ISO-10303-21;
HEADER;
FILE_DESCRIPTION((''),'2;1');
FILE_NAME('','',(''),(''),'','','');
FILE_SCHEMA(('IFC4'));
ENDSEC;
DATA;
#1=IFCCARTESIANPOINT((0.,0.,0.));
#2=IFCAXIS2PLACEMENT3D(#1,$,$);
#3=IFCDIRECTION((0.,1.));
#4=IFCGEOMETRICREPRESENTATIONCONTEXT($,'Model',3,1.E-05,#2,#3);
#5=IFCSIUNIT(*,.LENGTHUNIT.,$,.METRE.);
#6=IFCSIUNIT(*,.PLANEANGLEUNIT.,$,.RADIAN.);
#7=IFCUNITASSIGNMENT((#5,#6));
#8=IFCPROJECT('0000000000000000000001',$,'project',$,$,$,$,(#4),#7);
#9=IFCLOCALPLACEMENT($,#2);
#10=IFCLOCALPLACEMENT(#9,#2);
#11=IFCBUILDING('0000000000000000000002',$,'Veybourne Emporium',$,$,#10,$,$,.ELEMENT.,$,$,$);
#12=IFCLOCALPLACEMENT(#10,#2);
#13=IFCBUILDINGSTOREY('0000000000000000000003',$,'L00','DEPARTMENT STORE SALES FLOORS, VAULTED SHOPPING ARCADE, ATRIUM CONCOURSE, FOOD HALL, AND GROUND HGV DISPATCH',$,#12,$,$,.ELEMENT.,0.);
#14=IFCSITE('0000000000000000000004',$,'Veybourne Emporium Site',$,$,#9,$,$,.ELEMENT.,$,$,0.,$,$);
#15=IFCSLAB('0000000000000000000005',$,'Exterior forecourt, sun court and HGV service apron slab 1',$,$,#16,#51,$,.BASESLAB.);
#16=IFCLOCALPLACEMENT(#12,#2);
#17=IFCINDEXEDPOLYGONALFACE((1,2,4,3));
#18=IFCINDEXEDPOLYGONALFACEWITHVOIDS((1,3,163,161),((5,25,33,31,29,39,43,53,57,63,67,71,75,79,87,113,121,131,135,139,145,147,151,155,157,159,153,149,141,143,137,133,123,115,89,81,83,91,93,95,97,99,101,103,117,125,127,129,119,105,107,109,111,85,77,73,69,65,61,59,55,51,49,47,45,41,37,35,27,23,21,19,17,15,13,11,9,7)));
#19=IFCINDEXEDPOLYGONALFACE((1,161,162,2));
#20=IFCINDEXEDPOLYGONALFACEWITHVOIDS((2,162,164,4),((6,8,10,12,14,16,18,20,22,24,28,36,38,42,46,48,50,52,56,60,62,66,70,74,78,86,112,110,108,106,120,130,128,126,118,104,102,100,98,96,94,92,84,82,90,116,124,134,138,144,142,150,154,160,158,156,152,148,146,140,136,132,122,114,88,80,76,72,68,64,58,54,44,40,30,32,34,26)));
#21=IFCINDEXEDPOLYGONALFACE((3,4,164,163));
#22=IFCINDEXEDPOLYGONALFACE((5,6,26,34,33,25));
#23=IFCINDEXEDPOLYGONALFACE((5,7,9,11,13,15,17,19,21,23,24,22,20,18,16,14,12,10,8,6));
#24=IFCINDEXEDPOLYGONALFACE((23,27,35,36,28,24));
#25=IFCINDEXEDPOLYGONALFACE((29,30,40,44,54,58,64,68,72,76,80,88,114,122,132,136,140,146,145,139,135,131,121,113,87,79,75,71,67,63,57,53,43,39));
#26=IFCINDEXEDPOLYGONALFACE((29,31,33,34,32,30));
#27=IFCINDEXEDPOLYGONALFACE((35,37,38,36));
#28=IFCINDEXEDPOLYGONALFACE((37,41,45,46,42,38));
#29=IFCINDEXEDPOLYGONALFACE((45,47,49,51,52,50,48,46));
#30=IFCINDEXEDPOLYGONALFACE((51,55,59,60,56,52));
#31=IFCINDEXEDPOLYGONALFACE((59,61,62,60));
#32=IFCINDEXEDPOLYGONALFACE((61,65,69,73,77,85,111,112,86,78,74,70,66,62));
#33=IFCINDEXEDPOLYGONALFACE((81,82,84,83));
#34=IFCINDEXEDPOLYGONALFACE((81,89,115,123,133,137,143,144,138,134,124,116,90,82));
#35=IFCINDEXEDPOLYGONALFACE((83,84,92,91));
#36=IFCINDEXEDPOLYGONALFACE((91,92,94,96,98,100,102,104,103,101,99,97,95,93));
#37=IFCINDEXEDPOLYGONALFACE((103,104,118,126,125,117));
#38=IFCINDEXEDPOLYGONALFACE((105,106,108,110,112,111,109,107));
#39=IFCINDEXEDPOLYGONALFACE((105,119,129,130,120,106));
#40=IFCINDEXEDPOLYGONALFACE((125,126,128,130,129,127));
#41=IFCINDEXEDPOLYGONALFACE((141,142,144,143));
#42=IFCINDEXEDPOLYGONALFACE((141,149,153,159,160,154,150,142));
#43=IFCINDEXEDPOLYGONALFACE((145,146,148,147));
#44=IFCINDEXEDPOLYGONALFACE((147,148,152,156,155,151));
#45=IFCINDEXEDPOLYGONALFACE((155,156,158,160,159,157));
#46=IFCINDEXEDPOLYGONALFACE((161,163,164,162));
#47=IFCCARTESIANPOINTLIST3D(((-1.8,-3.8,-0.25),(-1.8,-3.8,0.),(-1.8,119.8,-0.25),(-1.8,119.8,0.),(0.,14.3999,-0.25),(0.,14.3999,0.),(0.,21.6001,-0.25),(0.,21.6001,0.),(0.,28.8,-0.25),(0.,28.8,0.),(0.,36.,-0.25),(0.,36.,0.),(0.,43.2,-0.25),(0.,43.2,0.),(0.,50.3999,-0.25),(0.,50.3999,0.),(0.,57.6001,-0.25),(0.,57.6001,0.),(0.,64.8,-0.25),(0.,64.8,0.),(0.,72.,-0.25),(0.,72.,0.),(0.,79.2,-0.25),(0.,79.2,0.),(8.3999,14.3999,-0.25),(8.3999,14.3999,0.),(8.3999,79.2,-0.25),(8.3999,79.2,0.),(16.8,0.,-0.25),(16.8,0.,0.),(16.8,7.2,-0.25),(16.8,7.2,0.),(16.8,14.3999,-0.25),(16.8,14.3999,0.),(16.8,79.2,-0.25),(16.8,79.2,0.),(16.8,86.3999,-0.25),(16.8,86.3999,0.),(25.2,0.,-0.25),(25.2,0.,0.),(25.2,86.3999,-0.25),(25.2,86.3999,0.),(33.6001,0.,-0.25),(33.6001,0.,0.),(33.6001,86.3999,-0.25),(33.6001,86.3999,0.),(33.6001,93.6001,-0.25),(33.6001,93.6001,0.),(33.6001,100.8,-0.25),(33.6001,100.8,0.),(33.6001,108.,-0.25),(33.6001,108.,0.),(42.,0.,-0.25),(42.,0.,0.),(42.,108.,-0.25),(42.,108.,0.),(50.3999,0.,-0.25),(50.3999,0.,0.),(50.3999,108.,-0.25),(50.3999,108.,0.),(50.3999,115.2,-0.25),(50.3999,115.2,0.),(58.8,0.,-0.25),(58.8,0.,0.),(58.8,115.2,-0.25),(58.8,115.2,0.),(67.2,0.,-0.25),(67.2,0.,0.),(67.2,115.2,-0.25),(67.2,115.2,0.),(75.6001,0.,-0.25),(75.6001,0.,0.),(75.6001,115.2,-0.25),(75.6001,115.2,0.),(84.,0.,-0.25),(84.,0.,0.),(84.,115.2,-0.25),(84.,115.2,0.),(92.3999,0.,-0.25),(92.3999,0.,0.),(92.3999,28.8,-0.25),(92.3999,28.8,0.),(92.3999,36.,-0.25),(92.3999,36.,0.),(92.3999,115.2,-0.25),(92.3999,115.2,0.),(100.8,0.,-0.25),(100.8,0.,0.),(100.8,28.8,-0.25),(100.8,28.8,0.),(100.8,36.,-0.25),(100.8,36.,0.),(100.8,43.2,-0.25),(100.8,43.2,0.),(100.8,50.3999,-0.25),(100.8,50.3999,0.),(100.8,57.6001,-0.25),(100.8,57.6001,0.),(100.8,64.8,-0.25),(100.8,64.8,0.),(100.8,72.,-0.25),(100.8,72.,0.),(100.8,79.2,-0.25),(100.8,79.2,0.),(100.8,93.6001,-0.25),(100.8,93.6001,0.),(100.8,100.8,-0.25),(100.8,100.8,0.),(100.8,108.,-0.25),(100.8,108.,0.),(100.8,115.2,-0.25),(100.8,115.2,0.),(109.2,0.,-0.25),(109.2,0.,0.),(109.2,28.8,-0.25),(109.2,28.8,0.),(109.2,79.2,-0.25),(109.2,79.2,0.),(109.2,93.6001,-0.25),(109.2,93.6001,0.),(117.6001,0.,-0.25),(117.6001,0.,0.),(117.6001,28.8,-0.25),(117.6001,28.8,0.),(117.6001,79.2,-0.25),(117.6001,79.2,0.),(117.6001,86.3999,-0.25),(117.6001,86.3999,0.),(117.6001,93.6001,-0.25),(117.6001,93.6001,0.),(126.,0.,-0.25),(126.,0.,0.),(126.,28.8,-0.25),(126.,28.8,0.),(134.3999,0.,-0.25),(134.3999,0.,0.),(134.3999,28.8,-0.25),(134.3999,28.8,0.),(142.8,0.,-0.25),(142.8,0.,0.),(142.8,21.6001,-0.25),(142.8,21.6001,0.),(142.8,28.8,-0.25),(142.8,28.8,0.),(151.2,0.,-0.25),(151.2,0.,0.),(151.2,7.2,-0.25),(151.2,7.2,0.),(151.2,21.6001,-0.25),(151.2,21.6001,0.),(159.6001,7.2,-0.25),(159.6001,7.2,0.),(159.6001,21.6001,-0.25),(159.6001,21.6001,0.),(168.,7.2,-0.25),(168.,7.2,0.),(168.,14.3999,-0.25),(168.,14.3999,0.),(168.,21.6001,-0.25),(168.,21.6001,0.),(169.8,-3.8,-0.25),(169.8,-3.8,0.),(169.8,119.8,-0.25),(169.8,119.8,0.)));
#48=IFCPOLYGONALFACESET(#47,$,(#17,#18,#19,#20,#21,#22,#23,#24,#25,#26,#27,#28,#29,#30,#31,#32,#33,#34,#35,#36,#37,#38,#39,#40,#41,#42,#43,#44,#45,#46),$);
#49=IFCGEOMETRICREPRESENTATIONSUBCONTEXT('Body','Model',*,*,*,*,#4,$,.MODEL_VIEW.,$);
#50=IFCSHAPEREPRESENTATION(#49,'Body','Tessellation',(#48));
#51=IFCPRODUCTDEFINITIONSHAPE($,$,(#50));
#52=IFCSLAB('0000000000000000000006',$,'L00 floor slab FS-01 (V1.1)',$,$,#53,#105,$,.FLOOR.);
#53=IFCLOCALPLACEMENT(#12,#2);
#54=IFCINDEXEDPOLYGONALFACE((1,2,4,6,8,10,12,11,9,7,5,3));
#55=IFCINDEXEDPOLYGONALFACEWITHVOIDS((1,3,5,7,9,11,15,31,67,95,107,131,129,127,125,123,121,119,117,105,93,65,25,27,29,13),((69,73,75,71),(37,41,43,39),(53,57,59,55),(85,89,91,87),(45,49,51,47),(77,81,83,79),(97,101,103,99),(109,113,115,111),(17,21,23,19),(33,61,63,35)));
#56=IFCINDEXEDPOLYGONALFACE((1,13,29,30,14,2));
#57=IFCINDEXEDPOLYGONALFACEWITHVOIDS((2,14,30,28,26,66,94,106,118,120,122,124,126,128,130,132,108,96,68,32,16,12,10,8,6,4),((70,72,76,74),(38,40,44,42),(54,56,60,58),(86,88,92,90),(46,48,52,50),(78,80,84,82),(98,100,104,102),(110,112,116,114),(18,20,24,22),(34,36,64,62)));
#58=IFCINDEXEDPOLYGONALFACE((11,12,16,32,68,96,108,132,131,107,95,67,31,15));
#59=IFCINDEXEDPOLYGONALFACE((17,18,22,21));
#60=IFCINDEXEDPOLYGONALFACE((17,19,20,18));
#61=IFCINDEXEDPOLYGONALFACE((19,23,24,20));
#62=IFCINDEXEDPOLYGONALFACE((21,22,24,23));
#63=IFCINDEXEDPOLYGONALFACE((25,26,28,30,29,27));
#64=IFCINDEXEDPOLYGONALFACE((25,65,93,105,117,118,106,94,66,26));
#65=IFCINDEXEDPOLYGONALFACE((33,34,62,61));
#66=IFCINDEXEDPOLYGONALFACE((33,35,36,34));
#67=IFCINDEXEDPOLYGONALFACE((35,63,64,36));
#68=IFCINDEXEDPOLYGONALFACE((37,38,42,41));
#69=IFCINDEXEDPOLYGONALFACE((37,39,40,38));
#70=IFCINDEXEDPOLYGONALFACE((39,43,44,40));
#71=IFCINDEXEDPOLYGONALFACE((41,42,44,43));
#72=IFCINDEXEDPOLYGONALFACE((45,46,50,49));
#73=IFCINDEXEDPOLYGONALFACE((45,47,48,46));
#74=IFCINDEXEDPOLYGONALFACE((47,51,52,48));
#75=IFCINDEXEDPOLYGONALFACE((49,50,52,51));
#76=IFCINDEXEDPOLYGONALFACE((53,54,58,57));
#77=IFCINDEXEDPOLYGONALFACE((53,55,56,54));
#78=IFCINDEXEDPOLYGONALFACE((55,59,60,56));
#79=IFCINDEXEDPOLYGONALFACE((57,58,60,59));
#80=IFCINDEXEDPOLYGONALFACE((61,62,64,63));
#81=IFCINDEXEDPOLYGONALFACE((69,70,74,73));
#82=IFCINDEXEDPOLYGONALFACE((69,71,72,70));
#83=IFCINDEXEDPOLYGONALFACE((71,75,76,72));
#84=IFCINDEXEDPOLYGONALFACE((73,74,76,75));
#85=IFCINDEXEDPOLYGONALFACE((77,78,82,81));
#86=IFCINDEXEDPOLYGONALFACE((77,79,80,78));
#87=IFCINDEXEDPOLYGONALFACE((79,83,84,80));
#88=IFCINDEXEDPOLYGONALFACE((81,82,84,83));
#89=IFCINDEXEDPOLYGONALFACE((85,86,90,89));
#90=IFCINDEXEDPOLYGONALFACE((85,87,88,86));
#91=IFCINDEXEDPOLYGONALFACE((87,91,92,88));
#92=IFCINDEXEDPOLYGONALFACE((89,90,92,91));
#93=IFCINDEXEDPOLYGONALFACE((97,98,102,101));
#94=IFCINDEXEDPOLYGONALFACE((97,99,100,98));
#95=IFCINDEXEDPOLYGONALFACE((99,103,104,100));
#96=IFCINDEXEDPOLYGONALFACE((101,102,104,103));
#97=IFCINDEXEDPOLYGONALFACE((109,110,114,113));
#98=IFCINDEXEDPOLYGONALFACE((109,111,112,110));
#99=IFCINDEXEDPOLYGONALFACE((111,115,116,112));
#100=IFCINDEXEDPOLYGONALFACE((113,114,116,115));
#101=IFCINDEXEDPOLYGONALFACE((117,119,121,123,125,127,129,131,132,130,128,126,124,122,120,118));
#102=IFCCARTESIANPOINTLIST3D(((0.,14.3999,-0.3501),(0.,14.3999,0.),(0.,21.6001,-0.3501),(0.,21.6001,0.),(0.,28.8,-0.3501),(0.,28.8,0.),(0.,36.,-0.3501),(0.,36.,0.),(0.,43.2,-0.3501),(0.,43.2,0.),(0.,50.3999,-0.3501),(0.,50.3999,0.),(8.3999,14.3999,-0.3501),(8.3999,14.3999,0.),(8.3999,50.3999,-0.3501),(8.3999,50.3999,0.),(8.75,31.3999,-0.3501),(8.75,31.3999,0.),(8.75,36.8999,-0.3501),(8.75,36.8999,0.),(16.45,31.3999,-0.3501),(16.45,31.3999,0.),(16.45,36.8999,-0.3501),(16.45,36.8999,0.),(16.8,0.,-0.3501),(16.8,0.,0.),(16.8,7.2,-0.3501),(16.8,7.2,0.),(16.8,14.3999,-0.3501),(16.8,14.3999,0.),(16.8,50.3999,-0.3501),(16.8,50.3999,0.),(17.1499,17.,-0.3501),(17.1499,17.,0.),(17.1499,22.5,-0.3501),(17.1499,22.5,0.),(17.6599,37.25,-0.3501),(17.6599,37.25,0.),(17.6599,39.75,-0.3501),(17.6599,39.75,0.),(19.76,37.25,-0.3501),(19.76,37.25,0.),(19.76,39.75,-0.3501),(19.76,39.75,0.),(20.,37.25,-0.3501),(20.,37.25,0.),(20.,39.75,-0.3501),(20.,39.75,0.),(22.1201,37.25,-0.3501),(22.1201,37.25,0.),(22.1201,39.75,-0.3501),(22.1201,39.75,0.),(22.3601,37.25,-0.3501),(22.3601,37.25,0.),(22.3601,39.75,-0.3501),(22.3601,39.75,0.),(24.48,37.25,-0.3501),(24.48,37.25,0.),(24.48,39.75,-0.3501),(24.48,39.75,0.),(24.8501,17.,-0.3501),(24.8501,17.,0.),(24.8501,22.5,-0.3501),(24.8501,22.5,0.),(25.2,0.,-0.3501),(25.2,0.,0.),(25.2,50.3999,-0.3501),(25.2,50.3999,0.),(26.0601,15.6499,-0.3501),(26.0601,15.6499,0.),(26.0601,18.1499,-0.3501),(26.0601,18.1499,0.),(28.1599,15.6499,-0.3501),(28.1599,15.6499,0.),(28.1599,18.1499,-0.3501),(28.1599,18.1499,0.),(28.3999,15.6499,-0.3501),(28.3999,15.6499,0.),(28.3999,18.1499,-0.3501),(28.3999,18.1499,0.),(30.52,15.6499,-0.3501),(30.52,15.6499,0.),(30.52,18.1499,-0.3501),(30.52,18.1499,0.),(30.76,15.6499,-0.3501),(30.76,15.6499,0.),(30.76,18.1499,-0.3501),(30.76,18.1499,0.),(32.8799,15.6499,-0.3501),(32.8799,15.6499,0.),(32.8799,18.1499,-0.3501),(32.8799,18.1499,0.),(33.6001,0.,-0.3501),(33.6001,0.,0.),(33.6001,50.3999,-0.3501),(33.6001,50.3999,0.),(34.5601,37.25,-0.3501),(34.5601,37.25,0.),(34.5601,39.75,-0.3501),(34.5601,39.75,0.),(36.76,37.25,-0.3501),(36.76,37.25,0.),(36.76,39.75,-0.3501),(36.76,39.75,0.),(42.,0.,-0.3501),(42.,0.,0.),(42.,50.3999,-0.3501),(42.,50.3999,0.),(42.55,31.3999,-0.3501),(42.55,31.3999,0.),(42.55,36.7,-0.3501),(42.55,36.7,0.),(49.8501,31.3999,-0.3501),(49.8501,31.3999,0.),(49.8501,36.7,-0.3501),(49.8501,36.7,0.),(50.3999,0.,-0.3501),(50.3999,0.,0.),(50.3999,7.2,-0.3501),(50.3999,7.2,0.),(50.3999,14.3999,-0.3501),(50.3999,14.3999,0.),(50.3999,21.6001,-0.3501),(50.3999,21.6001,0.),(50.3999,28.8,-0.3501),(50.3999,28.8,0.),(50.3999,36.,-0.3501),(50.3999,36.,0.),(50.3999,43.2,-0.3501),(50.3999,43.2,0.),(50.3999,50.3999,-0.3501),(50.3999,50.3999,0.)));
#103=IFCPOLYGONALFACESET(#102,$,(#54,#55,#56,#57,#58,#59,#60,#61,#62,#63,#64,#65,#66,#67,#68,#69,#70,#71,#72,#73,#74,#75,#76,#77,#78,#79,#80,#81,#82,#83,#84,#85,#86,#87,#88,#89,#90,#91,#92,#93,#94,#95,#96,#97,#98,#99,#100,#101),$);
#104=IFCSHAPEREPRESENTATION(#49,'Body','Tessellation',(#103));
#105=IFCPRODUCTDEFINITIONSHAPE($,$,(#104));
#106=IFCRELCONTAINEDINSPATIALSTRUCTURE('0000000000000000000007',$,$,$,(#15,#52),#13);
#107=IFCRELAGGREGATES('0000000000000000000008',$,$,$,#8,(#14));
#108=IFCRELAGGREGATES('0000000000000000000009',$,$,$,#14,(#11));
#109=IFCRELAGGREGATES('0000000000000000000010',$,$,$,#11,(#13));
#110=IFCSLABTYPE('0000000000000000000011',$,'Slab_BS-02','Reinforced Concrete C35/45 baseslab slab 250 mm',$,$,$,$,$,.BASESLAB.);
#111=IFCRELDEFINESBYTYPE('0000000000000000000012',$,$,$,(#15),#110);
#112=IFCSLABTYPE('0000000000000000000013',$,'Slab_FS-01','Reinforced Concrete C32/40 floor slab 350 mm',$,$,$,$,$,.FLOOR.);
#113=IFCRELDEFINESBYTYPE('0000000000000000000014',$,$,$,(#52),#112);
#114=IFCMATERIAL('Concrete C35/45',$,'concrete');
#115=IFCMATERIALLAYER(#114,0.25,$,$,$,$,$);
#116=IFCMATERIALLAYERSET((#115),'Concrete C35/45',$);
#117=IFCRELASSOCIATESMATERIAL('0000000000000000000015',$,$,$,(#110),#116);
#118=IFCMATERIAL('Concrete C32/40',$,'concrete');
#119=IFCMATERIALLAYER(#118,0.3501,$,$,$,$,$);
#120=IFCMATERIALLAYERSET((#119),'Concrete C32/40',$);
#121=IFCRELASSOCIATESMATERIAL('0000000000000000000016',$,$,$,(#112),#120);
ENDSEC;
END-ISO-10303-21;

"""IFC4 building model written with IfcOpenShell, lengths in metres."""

from ifc_helpers import new_model, si_unit, direction, frame, origin, place, context, subcontext, project, spatial, polyline, outline, extrude, material, layer, layer_set, type_object, element, save


model = new_model("IFC4")

# Units and contexts
model_context = context("Model", 3, precision=1e-05, world=origin(), true_north=direction((0.0, 1.0)))
body_context = subcontext(model_context, "Body", "Model", "MODEL_VIEW")
ifc_project = project(units=[si_unit("LENGTHUNIT", "METRE"), si_unit("PLANEANGLEUNIT", "RADIAN")], contexts=[model_context])

# Site, building, storey
site_placement = place(None, origin())
site = spatial("IfcSite", under=ifc_project, at=site_placement, Name="Veybourne Emporium Site", CompositionType="ELEMENT", RefElevation=0.0)
building_placement = place(site_placement, origin())
building = spatial("IfcBuilding", under=site, at=building_placement, Name="Veybourne Emporium", CompositionType="ELEMENT")
storey_placement = place(building_placement, origin())
storey = spatial("IfcBuildingStorey", under=building, at=storey_placement, Name="L00", Description="DEPARTMENT STORE SALES FLOORS, VAULTED SHOPPING ARCADE, ATRIUM CONCOURSE, FOOD HALL, AND GROUND HGV DISPATCH", CompositionType="ELEMENT", Elevation=0.0)

# Shared definitions
ifc_material_1 = material(Name="Concrete C32/40", Category="concrete")

# Slabs
ifc_material_2 = material(Name="Concrete C35/45", Category="concrete")
ifc_layer_1 = layer(ifc_material_2, 0.25)
ifc_layer_set_1 = layer_set([ifc_layer_1], Name="Concrete C35/45")
slab_type_1 = type_object("IfcSlabType", Name="Slab_BS-02", Description="Reinforced Concrete C35/45 baseslab slab 250 mm", PredefinedType="BASESLAB", material=ifc_layer_set_1)
slab_1_placement = place(storey_placement, frame((0.0, 0.0, -0.25)))
element("IfcSlab", 1, at=slab_1_placement, inside=storey, type_object=slab_type_1, Name="Exterior forecourt, sun court and HGV service apron slab 1", PredefinedType="BASESLAB", context=body_context, shape_type="SweptSolid", body=[
    extrude(outline(polyline([(-1.8, -3.8), (-1.8, 119.8), (169.8, 119.8), (169.8, -3.8), (-1.8, -3.8)]), holes=[polyline([(16.8, 14.3999), (16.8, 7.2), (16.8, 0.0), (25.2, 0.0), (33.6001, 0.0), (42.0, 0.0), (50.3999, 0.0), (58.8, 0.0), (67.2, 0.0), (75.6001, 0.0), (84.0, 0.0), (92.3999, 0.0), (100.8, 0.0), (109.2, 0.0), (117.6001, 0.0), (126.0, 0.0), (134.3999, 0.0), (142.8, 0.0), (151.2, 0.0), (151.2, 7.2), (159.6001, 7.2), (168.0, 7.2), (168.0, 14.3999), (168.0, 21.6001), (159.6001, 21.6001), (151.2, 21.6001), (142.8, 21.6001), (142.8, 28.8), (134.3999, 28.8), (126.0, 28.8), (117.6001, 28.8), (109.2, 28.8), (100.8, 28.8), (92.3999, 28.8), (92.3999, 36.0), (100.8, 36.0), (100.8, 43.2), (100.8, 50.3999), (100.8, 57.6001), (100.8, 64.8), (100.8, 72.0), (100.8, 79.2), (109.2, 79.2), (117.6001, 79.2), (117.6001, 86.3999), (117.6001, 93.6001), (109.2, 93.6001), (100.8, 93.6001), (100.8, 100.8), (100.8, 108.0), (100.8, 115.2), (92.3999, 115.2), (84.0, 115.2), (75.6001, 115.2), (67.2, 115.2), (58.8, 115.2), (50.3999, 115.2), (50.3999, 108.0), (42.0, 108.0), (33.6001, 108.0), (33.6001, 100.8), (33.6001, 93.6001), (33.6001, 86.3999), (25.2, 86.3999), (16.8, 86.3999), (16.8, 79.2), (8.3999, 79.2), (0.0, 79.2), (0.0, 72.0), (0.0, 64.8), (0.0, 57.6001), (0.0, 50.3999), (0.0, 43.2), (0.0, 36.0), (0.0, 28.8), (0.0, 21.6001), (0.0, 14.3999), (8.3999, 14.3999), (16.8, 14.3999)])]), origin(), (0.0, 0.0, 1.0), 0.25),
])
ifc_layer_2 = layer(ifc_material_1, 0.3501)
ifc_layer_set_2 = layer_set([ifc_layer_2], Name="Concrete C32/40")
slab_type_2 = type_object("IfcSlabType", Name="Slab_FS-01", Description="Reinforced Concrete C32/40 floor slab 350 mm", PredefinedType="FLOOR", material=ifc_layer_set_2)
slab_2_placement = place(storey_placement, frame((0.0, 0.0, -0.3501)))
element("IfcSlab", 2, at=slab_2_placement, inside=storey, type_object=slab_type_2, Name="L00 floor slab FS-01 (V1.1)", PredefinedType="FLOOR", context=body_context, shape_type="SweptSolid", body=[
    extrude(outline(polyline([(0.0, 14.3999), (0.0, 21.6001), (0.0, 28.8), (0.0, 36.0), (0.0, 43.2), (0.0, 50.3999), (8.3999, 50.3999), (16.8, 50.3999), (25.2, 50.3999), (33.6001, 50.3999), (42.0, 50.3999), (50.3999, 50.3999), (50.3999, 43.2), (50.3999, 36.0), (50.3999, 28.8), (50.3999, 21.6001), (50.3999, 14.3999), (50.3999, 7.2), (50.3999, 0.0), (42.0, 0.0), (33.6001, 0.0), (25.2, 0.0), (16.8, 0.0), (16.8, 7.2), (16.8, 14.3999), (8.3999, 14.3999), (0.0, 14.3999)]), holes=[polyline([(28.1599, 15.6499), (28.1599, 18.1499), (26.0601, 18.1499), (26.0601, 15.6499), (28.1599, 15.6499)]), polyline([(30.52, 15.6499), (30.52, 18.1499), (28.3999, 18.1499), (28.3999, 15.6499), (30.52, 15.6499)]), polyline([(32.8799, 15.6499), (32.8799, 18.1499), (30.76, 18.1499), (30.76, 15.6499), (32.8799, 15.6499)]), polyline([(17.1499, 17.0), (24.8501, 17.0), (24.8501, 22.5), (17.1499, 22.5), (17.1499, 17.0)]), polyline([(42.55, 31.3999), (49.8501, 31.3999), (49.8501, 36.7), (42.55, 36.7), (42.55, 31.3999)]), polyline([(16.45, 31.3999), (16.45, 36.8999), (8.75, 36.8999), (8.75, 31.3999), (16.45, 31.3999)]), polyline([(19.76, 37.25), (19.76, 39.75), (17.6599, 39.75), (17.6599, 37.25), (19.76, 37.25)]), polyline([(22.1201, 37.25), (22.1201, 39.75), (20.0, 39.75), (20.0, 37.25), (22.1201, 37.25)]), polyline([(22.3601, 37.25), (24.48, 37.25), (24.48, 39.75), (22.3601, 39.75), (22.3601, 37.25)]), polyline([(34.5601, 37.25), (36.76, 37.25), (36.76, 39.75), (34.5601, 39.75), (34.5601, 37.25)])]), origin(), (0.0, 0.0, 1.0), 0.3501),
])

save(model, "model.ifc")
